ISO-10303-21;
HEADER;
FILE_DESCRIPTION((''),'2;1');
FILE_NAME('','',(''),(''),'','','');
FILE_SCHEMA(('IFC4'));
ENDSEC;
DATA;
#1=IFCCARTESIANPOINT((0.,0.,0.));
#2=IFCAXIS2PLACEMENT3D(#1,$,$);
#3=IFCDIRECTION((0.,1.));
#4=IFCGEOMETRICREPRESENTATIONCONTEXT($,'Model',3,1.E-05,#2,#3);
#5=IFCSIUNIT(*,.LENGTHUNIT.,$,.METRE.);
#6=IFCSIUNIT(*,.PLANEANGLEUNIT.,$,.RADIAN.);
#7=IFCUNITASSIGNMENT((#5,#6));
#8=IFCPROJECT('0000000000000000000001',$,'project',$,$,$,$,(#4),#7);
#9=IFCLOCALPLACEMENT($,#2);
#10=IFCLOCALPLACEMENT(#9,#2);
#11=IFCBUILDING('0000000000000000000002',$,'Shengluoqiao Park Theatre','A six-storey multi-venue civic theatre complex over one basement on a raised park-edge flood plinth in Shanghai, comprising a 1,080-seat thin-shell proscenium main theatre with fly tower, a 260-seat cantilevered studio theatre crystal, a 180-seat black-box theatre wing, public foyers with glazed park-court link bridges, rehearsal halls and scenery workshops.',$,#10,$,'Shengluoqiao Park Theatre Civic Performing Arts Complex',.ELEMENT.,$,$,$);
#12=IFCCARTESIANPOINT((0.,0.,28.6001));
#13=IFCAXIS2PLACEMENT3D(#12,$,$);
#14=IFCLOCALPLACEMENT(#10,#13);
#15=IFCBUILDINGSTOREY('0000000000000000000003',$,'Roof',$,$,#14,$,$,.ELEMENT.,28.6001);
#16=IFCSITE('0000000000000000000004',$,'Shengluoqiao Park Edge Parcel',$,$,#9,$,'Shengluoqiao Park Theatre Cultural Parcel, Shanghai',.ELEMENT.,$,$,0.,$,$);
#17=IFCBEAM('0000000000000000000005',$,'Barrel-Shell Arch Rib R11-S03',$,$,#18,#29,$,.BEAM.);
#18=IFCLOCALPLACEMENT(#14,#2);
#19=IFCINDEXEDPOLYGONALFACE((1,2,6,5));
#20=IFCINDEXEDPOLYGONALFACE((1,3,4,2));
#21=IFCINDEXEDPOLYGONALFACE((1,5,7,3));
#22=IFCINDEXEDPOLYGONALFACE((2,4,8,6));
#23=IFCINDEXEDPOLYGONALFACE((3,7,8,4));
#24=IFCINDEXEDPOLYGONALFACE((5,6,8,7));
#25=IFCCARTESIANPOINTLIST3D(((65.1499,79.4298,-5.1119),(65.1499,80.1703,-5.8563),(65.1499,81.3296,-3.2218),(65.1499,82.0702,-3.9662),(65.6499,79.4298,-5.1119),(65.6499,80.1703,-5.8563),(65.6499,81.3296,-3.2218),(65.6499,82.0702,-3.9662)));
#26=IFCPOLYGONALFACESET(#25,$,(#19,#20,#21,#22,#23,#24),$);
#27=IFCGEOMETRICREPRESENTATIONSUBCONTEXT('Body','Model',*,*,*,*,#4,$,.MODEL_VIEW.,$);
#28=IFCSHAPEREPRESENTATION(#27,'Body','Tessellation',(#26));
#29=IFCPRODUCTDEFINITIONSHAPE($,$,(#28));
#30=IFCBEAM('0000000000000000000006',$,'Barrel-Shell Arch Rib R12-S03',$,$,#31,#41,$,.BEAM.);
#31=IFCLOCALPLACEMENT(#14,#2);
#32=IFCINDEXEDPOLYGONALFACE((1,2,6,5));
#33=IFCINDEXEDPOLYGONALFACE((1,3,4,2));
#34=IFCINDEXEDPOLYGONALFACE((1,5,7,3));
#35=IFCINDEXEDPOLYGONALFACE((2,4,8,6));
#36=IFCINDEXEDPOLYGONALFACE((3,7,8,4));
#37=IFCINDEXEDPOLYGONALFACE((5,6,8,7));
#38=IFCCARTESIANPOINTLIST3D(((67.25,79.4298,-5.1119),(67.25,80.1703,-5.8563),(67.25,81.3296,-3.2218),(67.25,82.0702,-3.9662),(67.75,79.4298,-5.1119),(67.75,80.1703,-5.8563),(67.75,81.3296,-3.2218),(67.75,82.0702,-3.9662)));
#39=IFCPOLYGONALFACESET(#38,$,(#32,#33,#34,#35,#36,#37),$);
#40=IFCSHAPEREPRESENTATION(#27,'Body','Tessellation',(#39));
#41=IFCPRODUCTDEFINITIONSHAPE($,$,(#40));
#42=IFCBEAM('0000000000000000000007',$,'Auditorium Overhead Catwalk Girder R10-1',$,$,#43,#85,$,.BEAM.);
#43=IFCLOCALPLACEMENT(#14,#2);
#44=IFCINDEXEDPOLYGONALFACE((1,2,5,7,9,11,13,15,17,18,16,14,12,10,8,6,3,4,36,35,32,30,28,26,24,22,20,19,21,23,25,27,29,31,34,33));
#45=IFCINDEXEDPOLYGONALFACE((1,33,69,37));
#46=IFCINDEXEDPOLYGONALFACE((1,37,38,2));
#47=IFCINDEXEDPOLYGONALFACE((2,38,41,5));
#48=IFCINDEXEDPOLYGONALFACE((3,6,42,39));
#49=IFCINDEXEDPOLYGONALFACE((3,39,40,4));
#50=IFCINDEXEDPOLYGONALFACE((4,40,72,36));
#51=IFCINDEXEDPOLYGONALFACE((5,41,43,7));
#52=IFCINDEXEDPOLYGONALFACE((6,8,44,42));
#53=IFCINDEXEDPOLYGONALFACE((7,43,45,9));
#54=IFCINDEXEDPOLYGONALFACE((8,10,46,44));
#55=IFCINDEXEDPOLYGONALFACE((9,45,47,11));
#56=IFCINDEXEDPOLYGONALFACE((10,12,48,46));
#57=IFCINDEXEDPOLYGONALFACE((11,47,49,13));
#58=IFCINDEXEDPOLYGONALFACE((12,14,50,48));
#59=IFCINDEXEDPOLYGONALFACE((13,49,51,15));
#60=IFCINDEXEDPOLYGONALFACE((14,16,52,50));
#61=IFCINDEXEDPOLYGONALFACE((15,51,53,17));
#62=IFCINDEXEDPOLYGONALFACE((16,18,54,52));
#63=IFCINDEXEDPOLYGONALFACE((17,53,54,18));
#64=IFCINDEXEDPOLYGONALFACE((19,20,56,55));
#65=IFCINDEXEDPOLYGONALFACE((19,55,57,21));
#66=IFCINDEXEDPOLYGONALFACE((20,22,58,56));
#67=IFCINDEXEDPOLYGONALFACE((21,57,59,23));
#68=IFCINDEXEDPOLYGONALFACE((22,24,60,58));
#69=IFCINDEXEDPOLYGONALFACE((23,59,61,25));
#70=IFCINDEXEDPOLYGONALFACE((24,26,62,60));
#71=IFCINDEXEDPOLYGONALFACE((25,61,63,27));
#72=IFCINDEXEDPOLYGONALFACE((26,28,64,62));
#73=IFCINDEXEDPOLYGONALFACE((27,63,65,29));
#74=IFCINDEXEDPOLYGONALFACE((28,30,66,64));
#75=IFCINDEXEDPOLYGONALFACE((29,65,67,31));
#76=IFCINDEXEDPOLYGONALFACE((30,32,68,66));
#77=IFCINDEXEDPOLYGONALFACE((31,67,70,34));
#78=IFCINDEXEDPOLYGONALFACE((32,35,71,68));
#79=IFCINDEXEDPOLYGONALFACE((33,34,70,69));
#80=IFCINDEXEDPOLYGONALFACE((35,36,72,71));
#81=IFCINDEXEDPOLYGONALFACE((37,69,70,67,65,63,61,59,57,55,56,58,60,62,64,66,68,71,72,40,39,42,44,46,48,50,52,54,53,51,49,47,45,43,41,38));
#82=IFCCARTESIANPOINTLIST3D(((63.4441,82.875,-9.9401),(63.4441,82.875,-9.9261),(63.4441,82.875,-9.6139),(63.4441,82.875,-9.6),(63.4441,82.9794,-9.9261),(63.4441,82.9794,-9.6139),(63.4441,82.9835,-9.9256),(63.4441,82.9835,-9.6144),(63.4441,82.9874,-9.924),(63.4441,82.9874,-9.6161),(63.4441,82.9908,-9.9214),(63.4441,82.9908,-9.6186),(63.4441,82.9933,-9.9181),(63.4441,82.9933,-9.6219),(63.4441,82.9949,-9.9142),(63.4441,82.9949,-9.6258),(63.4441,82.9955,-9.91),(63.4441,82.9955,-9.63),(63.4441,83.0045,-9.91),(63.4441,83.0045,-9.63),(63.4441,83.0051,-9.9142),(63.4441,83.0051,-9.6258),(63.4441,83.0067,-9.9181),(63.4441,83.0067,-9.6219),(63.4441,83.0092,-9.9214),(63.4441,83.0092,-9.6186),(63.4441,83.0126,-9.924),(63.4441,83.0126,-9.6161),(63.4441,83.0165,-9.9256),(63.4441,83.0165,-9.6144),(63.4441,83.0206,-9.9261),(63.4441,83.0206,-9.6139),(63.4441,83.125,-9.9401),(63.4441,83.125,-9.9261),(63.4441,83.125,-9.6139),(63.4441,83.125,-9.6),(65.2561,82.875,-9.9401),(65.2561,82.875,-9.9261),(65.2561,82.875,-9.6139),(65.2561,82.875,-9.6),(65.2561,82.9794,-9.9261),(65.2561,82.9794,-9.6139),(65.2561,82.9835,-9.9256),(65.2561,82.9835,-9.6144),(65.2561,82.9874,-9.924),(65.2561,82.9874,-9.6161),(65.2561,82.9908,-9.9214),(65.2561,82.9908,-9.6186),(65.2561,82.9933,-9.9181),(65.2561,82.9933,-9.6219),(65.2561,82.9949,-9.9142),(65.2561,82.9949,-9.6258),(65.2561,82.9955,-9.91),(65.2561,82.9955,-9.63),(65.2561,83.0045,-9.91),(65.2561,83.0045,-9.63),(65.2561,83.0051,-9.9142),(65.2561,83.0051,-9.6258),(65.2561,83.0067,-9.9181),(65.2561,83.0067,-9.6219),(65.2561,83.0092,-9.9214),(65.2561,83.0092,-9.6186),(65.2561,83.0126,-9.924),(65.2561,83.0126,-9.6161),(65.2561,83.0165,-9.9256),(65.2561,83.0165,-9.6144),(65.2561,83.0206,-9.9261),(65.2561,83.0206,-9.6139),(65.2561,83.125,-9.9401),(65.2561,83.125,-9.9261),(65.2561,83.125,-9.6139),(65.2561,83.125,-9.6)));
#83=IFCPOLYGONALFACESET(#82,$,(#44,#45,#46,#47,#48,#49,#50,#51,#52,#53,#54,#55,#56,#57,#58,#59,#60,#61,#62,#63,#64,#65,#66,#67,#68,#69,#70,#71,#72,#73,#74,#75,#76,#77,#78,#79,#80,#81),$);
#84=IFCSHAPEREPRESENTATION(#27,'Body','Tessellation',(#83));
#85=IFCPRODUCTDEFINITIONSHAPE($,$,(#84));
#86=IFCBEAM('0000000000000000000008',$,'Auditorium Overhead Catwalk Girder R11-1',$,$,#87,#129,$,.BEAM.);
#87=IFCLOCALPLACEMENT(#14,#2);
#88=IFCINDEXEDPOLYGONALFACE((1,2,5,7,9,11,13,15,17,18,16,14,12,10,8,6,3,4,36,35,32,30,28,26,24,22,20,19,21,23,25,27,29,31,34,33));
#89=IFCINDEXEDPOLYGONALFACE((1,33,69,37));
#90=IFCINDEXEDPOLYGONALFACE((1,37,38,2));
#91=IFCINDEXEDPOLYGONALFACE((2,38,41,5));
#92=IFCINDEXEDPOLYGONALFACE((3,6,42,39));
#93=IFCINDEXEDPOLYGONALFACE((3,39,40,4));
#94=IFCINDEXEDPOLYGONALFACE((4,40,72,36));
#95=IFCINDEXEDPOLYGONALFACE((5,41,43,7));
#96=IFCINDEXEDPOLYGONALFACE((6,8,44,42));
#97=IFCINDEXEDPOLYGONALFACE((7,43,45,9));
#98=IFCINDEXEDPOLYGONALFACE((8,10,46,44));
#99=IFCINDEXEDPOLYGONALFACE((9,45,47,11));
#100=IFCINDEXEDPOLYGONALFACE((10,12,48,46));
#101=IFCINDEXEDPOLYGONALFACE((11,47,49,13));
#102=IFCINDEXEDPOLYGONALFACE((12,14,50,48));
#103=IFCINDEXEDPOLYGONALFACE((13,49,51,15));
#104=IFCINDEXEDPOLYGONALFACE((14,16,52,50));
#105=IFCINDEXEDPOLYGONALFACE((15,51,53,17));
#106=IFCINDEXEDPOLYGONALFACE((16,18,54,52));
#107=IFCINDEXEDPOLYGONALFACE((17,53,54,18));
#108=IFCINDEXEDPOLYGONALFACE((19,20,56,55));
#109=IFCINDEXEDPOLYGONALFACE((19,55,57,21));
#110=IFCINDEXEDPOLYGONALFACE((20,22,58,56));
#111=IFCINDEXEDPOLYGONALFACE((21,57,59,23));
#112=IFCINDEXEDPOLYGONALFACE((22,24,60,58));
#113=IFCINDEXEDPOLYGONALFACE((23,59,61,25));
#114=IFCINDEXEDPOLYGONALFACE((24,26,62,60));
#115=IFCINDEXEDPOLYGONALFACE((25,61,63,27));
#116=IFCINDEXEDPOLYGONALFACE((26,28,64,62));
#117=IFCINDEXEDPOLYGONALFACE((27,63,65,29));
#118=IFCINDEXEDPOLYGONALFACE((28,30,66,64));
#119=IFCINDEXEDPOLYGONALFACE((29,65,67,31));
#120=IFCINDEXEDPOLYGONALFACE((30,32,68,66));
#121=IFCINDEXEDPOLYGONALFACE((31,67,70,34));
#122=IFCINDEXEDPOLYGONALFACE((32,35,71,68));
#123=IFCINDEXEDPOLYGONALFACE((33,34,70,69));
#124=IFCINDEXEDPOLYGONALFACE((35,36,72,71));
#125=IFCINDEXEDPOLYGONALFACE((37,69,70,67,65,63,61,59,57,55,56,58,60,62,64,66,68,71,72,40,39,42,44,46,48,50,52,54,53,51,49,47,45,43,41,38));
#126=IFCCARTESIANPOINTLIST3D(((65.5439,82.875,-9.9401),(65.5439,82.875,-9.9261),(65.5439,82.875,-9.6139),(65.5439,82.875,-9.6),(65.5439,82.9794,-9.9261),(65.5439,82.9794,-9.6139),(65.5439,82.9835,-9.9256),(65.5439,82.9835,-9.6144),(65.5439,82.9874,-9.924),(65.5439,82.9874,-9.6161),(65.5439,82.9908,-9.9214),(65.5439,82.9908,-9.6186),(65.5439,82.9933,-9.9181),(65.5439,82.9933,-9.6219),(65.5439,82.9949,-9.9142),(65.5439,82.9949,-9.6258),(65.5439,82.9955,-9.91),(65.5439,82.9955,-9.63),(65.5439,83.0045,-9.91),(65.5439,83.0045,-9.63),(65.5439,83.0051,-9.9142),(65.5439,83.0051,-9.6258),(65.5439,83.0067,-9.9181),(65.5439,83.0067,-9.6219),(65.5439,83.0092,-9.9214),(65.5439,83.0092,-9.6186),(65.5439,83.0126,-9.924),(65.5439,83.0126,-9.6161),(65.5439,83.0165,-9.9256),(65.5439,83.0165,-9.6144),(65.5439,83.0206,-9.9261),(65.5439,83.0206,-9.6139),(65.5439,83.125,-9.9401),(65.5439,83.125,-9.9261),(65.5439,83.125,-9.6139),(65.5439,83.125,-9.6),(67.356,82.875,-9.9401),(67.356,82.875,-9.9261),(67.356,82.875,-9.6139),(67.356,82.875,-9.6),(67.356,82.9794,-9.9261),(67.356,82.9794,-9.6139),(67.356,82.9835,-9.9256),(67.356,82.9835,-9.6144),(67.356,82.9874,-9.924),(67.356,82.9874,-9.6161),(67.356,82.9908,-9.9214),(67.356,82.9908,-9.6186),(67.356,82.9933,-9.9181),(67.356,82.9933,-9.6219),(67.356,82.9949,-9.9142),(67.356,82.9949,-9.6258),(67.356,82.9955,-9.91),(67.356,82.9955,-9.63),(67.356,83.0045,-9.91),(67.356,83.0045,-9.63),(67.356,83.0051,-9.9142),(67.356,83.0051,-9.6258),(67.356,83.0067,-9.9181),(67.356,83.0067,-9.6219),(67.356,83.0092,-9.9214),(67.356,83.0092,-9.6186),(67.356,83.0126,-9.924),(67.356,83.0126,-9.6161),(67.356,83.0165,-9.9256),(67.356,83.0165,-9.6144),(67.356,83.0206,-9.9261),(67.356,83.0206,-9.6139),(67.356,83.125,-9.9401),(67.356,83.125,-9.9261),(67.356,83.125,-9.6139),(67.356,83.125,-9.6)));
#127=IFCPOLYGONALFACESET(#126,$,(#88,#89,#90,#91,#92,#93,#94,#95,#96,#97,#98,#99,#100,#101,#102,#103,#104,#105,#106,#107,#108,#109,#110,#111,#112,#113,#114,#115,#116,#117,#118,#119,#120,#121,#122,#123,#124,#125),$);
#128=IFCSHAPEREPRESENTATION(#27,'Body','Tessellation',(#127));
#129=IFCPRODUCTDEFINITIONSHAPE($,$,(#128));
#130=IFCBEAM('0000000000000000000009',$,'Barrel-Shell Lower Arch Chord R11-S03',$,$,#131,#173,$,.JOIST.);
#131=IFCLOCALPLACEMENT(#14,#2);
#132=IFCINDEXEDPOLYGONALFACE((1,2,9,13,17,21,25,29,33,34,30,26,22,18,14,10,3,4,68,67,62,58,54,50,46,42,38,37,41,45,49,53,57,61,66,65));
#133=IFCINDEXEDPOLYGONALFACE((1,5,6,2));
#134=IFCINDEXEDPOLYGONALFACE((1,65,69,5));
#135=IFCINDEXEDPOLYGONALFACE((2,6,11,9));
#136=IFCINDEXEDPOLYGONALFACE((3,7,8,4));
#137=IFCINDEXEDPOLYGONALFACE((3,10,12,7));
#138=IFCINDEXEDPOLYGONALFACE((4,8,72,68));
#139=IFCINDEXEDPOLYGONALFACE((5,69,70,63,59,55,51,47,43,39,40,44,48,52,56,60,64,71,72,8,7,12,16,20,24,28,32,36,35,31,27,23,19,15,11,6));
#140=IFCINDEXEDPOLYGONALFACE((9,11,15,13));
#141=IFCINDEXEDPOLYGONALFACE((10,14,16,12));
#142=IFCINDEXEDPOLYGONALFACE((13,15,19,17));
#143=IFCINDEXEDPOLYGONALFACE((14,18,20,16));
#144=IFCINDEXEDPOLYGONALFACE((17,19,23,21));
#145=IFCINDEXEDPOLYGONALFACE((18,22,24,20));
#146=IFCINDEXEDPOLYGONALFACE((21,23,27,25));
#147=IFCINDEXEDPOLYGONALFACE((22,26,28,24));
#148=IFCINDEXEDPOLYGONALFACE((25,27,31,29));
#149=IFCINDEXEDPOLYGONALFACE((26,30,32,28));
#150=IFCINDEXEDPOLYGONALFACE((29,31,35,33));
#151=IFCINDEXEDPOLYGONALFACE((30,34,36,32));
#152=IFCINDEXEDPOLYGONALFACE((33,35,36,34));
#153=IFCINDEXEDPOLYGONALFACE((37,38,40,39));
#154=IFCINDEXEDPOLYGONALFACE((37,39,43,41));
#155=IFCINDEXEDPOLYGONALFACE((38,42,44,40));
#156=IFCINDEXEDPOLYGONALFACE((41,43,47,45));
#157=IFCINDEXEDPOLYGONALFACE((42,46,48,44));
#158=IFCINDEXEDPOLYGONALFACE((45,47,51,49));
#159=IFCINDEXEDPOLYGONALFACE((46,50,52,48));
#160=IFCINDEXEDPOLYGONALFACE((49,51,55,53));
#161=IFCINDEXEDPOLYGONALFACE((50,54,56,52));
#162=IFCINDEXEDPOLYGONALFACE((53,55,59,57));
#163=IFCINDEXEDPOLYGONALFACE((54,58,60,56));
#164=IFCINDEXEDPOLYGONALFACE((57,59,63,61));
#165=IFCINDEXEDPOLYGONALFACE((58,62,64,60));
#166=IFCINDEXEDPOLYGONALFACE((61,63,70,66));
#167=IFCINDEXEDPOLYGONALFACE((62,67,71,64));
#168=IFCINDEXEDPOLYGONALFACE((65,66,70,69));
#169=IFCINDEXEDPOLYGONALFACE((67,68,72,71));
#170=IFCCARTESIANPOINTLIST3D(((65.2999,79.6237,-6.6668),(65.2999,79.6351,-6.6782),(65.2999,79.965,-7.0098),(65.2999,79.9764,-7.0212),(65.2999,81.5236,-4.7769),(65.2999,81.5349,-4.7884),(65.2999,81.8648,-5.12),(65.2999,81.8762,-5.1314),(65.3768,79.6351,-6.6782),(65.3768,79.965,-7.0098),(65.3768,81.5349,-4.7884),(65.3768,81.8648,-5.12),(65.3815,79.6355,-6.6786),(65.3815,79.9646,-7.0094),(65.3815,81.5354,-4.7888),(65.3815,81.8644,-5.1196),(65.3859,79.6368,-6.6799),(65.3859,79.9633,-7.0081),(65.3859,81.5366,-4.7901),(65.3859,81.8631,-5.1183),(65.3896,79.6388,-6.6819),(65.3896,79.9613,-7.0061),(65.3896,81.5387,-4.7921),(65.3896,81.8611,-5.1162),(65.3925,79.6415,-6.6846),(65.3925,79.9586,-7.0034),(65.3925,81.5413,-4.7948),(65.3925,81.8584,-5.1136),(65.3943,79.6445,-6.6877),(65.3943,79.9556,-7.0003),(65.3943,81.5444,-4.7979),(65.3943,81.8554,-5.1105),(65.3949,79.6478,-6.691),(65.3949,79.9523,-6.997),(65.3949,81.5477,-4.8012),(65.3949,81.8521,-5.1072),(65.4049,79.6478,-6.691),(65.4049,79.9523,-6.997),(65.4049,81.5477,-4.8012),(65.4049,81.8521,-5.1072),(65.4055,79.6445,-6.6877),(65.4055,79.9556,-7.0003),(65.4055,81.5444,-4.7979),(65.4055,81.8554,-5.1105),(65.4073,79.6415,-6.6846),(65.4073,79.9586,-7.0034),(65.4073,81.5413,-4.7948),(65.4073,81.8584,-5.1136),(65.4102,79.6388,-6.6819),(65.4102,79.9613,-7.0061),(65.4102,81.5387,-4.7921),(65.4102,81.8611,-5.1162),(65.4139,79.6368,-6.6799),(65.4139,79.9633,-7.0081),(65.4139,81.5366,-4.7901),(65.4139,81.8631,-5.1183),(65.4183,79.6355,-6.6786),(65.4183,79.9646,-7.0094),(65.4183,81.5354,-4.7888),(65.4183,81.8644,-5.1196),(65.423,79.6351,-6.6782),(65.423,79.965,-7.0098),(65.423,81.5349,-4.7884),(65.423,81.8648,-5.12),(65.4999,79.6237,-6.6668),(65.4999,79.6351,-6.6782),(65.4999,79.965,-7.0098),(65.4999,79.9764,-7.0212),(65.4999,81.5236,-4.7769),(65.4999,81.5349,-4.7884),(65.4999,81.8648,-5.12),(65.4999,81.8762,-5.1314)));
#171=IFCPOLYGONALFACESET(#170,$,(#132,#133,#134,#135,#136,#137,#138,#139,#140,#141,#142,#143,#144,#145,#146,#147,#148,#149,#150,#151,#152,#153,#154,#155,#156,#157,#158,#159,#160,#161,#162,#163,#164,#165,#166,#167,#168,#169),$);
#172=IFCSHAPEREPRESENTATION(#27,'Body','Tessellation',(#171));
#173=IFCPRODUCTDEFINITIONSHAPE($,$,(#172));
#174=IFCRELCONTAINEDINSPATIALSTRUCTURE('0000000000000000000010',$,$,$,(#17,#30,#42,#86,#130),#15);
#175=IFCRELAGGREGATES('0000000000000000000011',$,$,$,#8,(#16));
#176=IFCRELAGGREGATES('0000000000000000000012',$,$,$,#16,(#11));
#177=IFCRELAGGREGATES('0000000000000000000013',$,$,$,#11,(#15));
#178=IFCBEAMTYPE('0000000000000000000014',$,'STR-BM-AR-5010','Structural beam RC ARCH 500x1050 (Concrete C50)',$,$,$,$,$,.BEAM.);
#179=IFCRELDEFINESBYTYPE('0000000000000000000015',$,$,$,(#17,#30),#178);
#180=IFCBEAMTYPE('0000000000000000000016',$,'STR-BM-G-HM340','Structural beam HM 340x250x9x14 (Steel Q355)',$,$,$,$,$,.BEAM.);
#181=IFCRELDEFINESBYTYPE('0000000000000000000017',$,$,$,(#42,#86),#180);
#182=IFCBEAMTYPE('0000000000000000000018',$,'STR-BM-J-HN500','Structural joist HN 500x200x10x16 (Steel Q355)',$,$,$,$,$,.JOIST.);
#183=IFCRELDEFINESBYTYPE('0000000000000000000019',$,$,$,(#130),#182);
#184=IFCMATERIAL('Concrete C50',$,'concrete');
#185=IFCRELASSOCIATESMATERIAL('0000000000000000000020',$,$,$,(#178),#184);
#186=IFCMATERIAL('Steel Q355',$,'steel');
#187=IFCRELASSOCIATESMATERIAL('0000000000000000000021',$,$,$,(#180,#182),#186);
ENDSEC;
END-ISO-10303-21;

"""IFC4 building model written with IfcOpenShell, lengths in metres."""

from ifc_helpers import new_model, si_unit, direction, frame, origin, origin_2d, place, context, subcontext, project, spatial, rectangle, i_section, extrude, material, material_profile, profile_set, type_object, element, save


model = new_model("IFC4")

# Units and contexts
model_context = context("Model", 3, precision=1e-05, world=origin(), true_north=direction((0.0, 1.0)))
body_context = subcontext(model_context, "Body", "Model", "MODEL_VIEW")
ifc_project = project(units=[si_unit("LENGTHUNIT", "METRE"), si_unit("PLANEANGLEUNIT", "RADIAN")], contexts=[model_context])

# Site, building, storey
site_placement = place(None, origin())
site = spatial("IfcSite", under=ifc_project, at=site_placement, Name="Shengluoqiao Park Edge Parcel", LongName="Shengluoqiao Park Theatre Cultural Parcel, Shanghai", CompositionType="ELEMENT", RefElevation=0.0)
building_placement = place(site_placement, origin())
building = spatial("IfcBuilding", under=site, at=building_placement, Name="Shengluoqiao Park Theatre", Description="A six-storey multi-venue civic theatre complex over one basement on a raised park-edge flood plinth in Shanghai, comprising a 1,080-seat thin-shell proscenium main theatre with fly tower, a 260-seat cantilevered studio theatre crystal, a 180-seat black-box theatre wing, public foyers with glazed park-court link bridges, rehearsal halls and scenery workshops.", LongName="Shengluoqiao Park Theatre Civic Performing Arts Complex", CompositionType="ELEMENT")
storey_placement = place(building_placement, frame((0.0, 0.0, 28.6001)))
storey = spatial("IfcBuildingStorey", under=building, at=storey_placement, Name="Roof", CompositionType="ELEMENT", Elevation=28.6001)

# Beams
ifc_material_1 = material(Name="Concrete C50", Category="concrete")
ifc_material_profile_1 = material_profile(ifc_material_1, rectangle(XDim=0.5, YDim=1.05, at=origin_2d()), Name="RC ARCH 500x1050")
ifc_profile_set_1 = profile_set([ifc_material_profile_1], Name="Concrete C50")
beam_type_1 = type_object("IfcBeamType", Name="STR-BM-AR-5010", Description="Structural beam RC ARCH 500x1050 (Concrete C50)", PredefinedType="BEAM", material=ifc_profile_set_1)
for number, where, z_axis, x_axis, name in (
    (1, (65.3999, 79.8, -5.4841), (0.0, 0.708926, 0.705282), (-1.0, 0.0, 0.0), "Barrel-Shell Arch Rib R11-S03"),
    (2, (67.5, 79.8, -5.4841), (0.0, 0.708926, 0.705282), (-1.0, 0.0, 0.0), "Barrel-Shell Arch Rib R12-S03"),
):
    element("IfcBeam", number, at=place(storey_placement, frame(where, z_axis=z_axis, x_axis=x_axis)), inside=storey, type_object=beam_type_1, Name=name, PredefinedType="BEAM", context=body_context, shape_type="SweptSolid", body=[
        extrude(rectangle(XDim=0.5, YDim=1.05, at=origin_2d()), origin(), (0.0, 0.0, 1.0), 2.6799),
    ])
ifc_material_2 = material(Name="Steel Q355", Category="steel")
ifc_material_profile_2 = material_profile(ifc_material_2, i_section(OverallWidth=0.25, OverallDepth=0.3401, WebThickness=0.009, FlangeThickness=0.0139, FilletRadius=0.0161, at=origin_2d()), Name="HM 340x250x9x14")
ifc_profile_set_2 = profile_set([ifc_material_profile_2], Name="Steel Q355")
beam_type_2 = type_object("IfcBeamType", Name="STR-BM-G-HM340", Description="Structural beam HM 340x250x9x14 (Steel Q355)", PredefinedType="BEAM", material=ifc_profile_set_2)
for number, where, z_axis, x_axis, name in (
    (3, (63.4441, 83.0, -9.77), (1.0, 0.0, 0.0), (0.0, 1.0, 0.0), "Auditorium Overhead Catwalk Girder R10-1"),
    (4, (65.5439, 83.0, -9.77), (1.0, 0.0, 0.0), (0.0, 1.0, 0.0), "Auditorium Overhead Catwalk Girder R11-1"),
):
    element("IfcBeam", number, at=place(storey_placement, frame(where, z_axis=z_axis, x_axis=x_axis)), inside=storey, type_object=beam_type_2, Name=name, PredefinedType="BEAM", context=body_context, shape_type="SweptSolid", body=[
        extrude(i_section(OverallWidth=0.25, OverallDepth=0.3401, WebThickness=0.009, FlangeThickness=0.0139, FilletRadius=0.0161, at=origin_2d()), origin(), (0.0, 0.0, 1.0), 1.812),
    ])
ifc_material_profile_3 = material_profile(ifc_material_2, i_section(OverallWidth=0.2, OverallDepth=0.5, WebThickness=0.01, FlangeThickness=0.0161, FilletRadius=0.0181, at=origin_2d()), Name="HN 500x200x10x16")
ifc_profile_set_3 = profile_set([ifc_material_profile_3], Name="Steel Q355")
beam_type_3 = type_object("IfcBeamType", Name="STR-BM-J-HN500", Description="Structural joist HN 500x200x10x16 (Steel Q355)", PredefinedType="JOIST", material=ifc_profile_set_3)
beam_1_placement = place(storey_placement, frame((65.3999, 79.8, -6.844), z_axis=(0.0, 0.708972, 0.705237), x_axis=(-1.0, 0.0, 0.0)))
element("IfcBeam", 5, at=beam_1_placement, inside=storey, type_object=beam_type_3, Name="Barrel-Shell Lower Arch Chord R11-S03", PredefinedType="JOIST", context=body_context, shape_type="SweptSolid", body=[
    extrude(i_section(OverallWidth=0.2, OverallDepth=0.5, WebThickness=0.01, FlangeThickness=0.0161, FilletRadius=0.0181, at=origin_2d()), origin(), (0.0, 0.0, 1.0), 2.6797),
])

save(model, "model.ifc")
